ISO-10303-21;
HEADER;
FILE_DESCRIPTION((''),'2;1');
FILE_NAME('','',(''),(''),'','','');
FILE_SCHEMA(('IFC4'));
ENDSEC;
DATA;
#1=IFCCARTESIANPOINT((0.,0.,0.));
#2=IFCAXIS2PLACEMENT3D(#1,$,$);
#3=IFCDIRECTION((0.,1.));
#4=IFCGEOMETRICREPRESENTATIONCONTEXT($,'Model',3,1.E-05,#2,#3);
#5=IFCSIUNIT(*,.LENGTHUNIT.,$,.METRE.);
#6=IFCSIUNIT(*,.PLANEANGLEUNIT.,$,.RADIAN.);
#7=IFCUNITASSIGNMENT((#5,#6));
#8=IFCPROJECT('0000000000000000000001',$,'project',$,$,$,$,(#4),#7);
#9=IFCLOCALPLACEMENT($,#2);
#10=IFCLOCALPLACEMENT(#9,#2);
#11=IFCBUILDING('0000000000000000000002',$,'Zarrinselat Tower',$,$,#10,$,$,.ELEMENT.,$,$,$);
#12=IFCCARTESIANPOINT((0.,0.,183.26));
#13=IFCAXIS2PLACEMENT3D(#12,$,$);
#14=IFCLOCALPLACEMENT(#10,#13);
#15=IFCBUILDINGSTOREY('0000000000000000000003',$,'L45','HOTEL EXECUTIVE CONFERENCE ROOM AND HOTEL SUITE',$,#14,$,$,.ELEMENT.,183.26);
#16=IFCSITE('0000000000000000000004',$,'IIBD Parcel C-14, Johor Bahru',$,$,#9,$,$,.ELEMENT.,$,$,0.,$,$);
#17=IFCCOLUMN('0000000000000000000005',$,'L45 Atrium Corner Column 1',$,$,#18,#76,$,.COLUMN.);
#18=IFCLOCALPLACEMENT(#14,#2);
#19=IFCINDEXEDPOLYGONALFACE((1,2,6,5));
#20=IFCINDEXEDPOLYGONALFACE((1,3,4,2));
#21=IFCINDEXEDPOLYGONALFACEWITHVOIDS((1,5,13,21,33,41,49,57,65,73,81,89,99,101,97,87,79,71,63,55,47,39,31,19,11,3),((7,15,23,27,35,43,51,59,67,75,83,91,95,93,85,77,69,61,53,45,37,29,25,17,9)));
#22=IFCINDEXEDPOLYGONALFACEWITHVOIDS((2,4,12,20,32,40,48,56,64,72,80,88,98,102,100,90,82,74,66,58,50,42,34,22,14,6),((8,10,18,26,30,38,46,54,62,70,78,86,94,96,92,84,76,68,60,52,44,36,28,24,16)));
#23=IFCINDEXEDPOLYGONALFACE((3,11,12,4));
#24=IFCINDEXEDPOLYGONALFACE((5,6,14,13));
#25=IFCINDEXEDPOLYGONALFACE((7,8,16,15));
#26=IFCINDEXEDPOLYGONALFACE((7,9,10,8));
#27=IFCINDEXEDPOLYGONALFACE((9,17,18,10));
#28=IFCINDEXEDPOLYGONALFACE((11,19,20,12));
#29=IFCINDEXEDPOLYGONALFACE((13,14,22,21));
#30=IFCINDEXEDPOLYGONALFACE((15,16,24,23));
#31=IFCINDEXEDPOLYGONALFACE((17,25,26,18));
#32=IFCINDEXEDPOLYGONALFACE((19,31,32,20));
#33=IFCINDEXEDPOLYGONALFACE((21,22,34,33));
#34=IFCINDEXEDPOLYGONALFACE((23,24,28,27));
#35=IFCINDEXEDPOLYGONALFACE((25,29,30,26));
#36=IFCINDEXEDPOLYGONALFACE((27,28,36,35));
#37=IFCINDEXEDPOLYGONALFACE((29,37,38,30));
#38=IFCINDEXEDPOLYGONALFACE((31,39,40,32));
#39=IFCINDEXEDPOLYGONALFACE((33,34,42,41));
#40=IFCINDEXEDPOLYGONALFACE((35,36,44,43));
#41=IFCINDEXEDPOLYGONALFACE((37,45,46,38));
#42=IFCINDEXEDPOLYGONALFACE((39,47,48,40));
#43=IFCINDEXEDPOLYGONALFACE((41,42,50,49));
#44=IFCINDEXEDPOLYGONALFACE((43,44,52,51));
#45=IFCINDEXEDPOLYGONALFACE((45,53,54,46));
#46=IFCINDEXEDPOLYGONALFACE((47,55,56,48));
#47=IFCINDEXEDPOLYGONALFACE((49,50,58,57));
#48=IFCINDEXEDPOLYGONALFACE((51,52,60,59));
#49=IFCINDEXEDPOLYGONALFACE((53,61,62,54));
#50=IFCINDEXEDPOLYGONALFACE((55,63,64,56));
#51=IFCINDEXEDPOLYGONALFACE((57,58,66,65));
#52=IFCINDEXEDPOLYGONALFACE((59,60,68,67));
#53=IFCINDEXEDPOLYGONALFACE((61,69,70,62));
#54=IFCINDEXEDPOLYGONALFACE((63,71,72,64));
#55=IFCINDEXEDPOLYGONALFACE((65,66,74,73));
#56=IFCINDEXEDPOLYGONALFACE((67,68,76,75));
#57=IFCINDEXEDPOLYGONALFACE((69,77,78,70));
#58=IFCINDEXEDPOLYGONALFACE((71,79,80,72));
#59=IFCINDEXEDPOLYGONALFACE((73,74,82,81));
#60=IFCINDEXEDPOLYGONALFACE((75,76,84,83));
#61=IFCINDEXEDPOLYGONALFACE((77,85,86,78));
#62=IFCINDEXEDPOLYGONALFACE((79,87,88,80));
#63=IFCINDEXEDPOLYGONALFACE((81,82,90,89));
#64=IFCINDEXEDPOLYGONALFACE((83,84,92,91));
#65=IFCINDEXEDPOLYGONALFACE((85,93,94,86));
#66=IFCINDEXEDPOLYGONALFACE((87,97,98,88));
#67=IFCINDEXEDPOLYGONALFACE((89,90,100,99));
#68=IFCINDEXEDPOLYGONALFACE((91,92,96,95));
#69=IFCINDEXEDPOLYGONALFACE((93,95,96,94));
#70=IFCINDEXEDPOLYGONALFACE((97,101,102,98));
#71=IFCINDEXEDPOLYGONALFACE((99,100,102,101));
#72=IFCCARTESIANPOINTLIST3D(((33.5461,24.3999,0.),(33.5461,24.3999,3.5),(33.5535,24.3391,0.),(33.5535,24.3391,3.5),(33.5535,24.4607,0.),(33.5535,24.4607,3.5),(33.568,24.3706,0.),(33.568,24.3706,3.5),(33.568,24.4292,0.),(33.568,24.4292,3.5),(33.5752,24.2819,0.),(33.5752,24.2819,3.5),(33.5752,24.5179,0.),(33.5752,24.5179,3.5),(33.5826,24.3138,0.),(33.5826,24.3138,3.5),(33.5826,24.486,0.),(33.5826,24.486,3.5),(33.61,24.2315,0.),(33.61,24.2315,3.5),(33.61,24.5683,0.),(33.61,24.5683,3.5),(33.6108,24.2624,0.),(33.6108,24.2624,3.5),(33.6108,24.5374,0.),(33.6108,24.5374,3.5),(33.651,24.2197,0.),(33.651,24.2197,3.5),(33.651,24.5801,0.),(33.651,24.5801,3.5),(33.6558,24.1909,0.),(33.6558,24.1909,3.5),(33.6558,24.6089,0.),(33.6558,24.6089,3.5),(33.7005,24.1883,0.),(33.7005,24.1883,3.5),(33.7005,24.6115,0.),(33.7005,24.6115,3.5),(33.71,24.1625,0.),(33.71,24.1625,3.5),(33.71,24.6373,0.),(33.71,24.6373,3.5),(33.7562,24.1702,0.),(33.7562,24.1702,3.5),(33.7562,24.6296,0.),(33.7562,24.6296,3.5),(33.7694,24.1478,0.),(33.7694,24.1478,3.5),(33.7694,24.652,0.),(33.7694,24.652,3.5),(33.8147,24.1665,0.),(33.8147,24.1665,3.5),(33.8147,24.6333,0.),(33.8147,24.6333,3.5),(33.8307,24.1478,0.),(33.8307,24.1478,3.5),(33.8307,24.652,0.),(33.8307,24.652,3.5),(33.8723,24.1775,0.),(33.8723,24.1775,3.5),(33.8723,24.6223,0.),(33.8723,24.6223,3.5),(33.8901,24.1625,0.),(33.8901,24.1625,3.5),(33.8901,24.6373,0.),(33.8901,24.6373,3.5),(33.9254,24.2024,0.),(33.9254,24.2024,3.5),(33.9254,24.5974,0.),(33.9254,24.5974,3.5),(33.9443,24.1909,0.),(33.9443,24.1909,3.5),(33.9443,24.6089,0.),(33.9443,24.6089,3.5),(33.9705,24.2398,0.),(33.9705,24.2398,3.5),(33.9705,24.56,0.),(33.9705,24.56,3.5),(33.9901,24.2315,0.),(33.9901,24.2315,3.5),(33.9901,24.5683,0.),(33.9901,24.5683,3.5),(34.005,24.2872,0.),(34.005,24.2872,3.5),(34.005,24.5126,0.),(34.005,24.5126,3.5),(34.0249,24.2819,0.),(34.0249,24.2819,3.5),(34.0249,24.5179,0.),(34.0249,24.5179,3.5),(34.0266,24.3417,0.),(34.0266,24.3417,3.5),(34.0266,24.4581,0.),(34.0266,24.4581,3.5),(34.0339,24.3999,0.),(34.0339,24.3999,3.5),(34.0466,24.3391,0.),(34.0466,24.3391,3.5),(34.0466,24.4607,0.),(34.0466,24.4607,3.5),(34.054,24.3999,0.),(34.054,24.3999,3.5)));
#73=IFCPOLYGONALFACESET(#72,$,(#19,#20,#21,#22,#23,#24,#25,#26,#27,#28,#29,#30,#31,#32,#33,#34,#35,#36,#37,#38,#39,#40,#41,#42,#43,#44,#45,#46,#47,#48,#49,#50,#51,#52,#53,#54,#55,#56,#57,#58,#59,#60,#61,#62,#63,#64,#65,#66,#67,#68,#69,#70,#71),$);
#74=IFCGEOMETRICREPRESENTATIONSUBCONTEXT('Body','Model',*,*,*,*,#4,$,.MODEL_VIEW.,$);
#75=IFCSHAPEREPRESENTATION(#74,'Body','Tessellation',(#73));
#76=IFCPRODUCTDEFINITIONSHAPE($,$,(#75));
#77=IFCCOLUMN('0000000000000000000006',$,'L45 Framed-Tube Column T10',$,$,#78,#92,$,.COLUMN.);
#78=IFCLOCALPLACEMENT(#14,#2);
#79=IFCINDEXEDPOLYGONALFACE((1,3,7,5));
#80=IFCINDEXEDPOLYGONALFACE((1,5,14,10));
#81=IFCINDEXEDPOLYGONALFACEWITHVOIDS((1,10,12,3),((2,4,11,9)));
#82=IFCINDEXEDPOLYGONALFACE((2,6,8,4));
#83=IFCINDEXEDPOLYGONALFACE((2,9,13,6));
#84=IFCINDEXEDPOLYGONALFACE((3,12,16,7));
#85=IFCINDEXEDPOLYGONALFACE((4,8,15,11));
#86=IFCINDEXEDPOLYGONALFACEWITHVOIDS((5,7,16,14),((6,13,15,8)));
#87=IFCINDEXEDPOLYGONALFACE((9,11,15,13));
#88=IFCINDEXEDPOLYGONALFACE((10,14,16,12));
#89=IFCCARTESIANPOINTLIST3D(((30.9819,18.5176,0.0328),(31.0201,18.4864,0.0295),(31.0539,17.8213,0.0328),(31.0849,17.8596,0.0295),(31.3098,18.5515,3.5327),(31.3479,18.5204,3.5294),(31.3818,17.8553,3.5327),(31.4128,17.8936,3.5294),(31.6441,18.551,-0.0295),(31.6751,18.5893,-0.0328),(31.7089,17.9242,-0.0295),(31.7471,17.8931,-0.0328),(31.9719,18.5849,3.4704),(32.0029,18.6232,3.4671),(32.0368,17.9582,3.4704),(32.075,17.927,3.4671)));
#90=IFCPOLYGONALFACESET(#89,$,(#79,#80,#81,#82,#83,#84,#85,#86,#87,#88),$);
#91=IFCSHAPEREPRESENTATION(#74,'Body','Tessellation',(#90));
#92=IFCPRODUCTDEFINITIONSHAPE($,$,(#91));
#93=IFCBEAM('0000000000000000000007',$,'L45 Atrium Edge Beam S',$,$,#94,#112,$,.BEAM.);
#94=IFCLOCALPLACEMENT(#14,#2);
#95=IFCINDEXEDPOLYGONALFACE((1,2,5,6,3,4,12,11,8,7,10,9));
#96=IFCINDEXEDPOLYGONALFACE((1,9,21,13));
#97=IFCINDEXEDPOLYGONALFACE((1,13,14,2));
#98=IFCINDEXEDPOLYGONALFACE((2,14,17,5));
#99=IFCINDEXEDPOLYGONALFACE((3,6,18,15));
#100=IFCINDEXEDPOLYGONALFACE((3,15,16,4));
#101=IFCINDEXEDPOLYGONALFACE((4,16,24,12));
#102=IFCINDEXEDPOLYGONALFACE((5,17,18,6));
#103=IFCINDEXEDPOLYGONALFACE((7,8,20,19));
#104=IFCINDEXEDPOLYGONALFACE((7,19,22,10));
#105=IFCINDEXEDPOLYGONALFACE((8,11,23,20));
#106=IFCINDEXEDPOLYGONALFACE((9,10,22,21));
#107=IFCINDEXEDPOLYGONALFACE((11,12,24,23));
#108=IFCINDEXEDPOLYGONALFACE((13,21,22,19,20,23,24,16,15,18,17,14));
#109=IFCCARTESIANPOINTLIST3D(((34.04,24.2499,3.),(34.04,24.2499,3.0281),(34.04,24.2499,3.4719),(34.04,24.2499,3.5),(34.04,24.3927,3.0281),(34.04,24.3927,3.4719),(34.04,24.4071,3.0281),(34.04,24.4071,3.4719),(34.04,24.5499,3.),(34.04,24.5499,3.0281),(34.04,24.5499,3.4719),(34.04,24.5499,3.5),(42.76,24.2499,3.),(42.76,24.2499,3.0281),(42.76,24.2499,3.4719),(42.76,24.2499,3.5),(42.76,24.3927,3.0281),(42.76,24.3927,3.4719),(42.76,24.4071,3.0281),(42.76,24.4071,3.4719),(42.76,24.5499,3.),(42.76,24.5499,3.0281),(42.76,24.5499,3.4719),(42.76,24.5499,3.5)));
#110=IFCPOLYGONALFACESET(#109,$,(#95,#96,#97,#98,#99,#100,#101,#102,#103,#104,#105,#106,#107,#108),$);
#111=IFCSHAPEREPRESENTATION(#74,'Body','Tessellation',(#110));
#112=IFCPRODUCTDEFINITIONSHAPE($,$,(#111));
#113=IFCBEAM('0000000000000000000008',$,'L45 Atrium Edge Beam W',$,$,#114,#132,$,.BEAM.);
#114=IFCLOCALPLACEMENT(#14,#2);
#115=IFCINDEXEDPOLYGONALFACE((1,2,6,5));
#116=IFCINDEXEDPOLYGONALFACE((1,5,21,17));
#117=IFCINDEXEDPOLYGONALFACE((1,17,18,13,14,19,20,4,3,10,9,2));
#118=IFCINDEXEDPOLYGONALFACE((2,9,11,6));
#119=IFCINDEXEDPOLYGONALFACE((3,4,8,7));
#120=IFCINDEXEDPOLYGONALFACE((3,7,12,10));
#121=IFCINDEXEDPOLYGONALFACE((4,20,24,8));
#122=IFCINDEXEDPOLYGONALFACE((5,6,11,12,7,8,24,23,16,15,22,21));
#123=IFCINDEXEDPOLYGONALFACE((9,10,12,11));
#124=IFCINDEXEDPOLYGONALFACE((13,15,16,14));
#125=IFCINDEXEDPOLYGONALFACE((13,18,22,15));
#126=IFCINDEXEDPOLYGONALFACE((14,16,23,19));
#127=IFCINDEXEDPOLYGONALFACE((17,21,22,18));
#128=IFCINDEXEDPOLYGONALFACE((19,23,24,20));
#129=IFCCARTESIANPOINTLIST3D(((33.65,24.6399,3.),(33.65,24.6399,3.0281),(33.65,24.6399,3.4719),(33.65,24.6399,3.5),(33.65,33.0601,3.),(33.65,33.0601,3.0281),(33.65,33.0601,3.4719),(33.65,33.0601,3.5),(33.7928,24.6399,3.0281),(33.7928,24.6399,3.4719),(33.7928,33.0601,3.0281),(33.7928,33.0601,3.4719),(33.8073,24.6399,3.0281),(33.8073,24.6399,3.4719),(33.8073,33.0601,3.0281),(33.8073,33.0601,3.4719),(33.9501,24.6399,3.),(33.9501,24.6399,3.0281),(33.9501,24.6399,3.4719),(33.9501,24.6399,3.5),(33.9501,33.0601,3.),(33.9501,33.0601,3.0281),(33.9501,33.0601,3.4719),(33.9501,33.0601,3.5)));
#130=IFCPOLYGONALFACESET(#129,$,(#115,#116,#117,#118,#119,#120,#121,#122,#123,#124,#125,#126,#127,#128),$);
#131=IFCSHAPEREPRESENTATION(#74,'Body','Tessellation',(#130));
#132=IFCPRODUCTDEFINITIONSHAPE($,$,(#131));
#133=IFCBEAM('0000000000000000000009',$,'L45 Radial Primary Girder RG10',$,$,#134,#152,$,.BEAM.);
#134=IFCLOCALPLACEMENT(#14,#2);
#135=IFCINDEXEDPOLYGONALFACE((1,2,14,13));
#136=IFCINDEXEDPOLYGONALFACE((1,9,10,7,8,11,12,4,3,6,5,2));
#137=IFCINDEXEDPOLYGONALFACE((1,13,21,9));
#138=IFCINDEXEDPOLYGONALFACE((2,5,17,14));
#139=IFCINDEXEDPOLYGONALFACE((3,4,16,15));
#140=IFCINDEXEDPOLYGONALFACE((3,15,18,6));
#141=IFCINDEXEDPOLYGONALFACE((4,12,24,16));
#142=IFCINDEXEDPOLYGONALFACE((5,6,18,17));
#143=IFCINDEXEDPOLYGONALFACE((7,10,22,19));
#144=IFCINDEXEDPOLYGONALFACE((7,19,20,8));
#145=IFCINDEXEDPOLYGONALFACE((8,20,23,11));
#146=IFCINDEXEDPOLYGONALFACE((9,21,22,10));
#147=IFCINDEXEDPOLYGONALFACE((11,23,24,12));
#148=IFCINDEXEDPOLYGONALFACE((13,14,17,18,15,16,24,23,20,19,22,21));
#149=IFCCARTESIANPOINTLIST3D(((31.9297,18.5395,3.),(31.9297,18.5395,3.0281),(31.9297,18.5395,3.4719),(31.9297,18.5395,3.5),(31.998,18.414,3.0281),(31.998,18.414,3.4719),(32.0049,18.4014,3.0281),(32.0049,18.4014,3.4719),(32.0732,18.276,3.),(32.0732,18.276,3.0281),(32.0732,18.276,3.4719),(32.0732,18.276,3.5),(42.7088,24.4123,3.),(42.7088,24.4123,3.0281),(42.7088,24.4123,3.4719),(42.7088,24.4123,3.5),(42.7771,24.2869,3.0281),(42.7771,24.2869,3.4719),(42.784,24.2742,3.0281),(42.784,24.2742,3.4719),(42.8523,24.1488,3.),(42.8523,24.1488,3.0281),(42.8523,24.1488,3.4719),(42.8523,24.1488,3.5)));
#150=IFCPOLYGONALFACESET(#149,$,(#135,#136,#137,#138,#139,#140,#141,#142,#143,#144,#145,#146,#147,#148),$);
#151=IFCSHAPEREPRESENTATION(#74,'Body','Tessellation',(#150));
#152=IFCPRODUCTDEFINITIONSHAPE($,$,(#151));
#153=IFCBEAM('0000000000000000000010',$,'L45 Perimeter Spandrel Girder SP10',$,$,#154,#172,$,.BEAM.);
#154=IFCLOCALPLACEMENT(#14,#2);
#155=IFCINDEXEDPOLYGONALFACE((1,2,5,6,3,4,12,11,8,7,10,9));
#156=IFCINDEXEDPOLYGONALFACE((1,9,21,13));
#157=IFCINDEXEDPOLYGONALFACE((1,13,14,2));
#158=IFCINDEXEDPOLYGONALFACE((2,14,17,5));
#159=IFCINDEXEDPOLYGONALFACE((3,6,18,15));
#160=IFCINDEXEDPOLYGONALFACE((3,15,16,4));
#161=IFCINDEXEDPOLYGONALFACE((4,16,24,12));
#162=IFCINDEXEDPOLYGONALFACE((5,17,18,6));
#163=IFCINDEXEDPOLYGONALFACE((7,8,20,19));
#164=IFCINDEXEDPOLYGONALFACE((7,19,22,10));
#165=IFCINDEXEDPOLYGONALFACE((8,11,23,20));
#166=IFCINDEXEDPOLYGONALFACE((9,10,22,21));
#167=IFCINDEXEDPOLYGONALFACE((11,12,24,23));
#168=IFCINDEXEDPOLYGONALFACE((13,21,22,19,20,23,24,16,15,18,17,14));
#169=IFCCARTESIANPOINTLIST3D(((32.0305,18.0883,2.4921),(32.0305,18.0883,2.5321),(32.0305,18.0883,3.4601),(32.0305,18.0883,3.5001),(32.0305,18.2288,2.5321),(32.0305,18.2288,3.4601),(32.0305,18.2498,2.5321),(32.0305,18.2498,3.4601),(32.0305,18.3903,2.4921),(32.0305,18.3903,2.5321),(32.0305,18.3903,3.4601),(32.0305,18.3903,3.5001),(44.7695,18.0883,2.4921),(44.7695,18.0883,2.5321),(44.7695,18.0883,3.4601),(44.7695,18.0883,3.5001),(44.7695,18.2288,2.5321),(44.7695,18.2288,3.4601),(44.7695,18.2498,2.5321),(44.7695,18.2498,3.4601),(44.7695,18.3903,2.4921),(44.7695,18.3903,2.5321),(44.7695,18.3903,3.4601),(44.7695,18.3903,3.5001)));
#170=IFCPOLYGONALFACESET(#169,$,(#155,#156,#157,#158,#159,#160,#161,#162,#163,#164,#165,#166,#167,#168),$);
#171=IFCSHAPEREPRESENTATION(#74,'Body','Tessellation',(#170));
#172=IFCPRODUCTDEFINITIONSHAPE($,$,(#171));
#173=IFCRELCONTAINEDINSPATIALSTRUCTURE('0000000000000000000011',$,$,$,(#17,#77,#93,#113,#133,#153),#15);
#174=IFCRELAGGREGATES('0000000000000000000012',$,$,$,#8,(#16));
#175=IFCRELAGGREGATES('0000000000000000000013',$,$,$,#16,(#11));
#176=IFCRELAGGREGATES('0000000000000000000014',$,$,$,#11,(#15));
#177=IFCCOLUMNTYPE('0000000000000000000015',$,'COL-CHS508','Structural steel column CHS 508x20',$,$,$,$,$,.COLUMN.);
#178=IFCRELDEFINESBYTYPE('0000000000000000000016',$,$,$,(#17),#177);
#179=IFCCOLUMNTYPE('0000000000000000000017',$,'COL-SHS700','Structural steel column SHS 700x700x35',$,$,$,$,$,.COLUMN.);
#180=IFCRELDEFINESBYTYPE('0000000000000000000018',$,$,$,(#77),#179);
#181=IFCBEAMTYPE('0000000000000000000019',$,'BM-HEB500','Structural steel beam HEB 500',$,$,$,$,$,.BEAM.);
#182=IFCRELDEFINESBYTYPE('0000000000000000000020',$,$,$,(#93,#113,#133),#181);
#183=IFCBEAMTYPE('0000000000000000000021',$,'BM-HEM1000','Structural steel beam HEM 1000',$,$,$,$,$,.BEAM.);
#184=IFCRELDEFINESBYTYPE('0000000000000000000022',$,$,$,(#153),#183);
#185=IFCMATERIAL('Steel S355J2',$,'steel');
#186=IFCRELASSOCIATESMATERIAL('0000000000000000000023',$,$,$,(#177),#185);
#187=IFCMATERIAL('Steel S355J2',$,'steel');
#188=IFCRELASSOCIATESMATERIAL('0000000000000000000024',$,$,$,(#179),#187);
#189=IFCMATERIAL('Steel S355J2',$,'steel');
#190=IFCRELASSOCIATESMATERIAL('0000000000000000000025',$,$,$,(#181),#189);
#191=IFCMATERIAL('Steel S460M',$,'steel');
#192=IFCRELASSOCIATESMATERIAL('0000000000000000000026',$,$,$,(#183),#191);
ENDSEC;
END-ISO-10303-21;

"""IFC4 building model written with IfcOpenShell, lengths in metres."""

from ifc_helpers import new_model, si_unit, direction, frame, origin, origin_2d, place, context, subcontext, project, spatial, hollow_rectangle, hollow_circle, i_section, extrude, material, material_profile, profile_set, type_object, element, save


model = new_model("IFC4")

# Units and contexts
model_context = context("Model", 3, precision=1e-05, world=origin(), true_north=direction((0.0, 1.0)))
body_context = subcontext(model_context, "Body", "Model", "MODEL_VIEW")
ifc_project = project(units=[si_unit("LENGTHUNIT", "METRE"), si_unit("PLANEANGLEUNIT", "RADIAN")], contexts=[model_context])

# Site, building, storey
site_placement = place(None, origin())
site = spatial("IfcSite", under=ifc_project, at=site_placement, Name="IIBD Parcel C-14, Johor Bahru", CompositionType="ELEMENT", RefElevation=0.0)
building_placement = place(site_placement, origin())
building = spatial("IfcBuilding", under=site, at=building_placement, Name="Zarrinselat Tower", CompositionType="ELEMENT")
storey_placement = place(building_placement, frame((0.0, 0.0, 183.26)))
storey = spatial("IfcBuildingStorey", under=building, at=storey_placement, Name="L45", Description="HOTEL EXECUTIVE CONFERENCE ROOM AND HOTEL SUITE", CompositionType="ELEMENT", Elevation=183.26)

# Columns
ifc_material_1 = material(Name="Steel S355J2", Category="steel")
ifc_material_profile_1 = material_profile(ifc_material_1, hollow_circle(Radius=0.2539, WallThickness=0.02, at=origin_2d()), Name="CHS 508x20")
ifc_profile_set_1 = profile_set([ifc_material_profile_1], Name="Steel S355J2")
column_type_1 = type_object("IfcColumnType", Name="COL-CHS508", Description="Structural steel column CHS 508x20", PredefinedType="COLUMN", material=ifc_profile_set_1)
column_1_placement = place(storey_placement, frame((33.8, 24.3999, 0.0), z_axis=(0.0, 0.0, 1.0), x_axis=(1.0, 0.0, 0.0)))
element("IfcColumn", 1, at=column_1_placement, inside=storey, type_object=column_type_1, Name="L45 Atrium Corner Column 1", PredefinedType="COLUMN", context=body_context, shape_type="SweptSolid", body=[
    extrude(hollow_circle(Radius=0.2539, WallThickness=0.02, at=origin_2d()), origin(), (0.0, 0.0, 1.0), 3.5),
])
ifc_material_2 = material(Name="Steel S355J2", Category="steel")
ifc_material_profile_2 = material_profile(ifc_material_2, hollow_rectangle(XDim=0.7, YDim=0.7, WallThickness=0.0349, at=origin_2d()), Name="SHS 700x700x35")
ifc_profile_set_2 = profile_set([ifc_material_profile_2], Name="Steel S355J2")
column_type_2 = type_object("IfcColumnType", Name="COL-SHS700", Description="Structural steel column SHS 700x700x35", PredefinedType="COLUMN", material=ifc_profile_set_2)
column_2_placement = place(storey_placement, frame((31.3645, 18.2053, 0.0), z_axis=(0.093268, 0.009653, 0.995594), x_axis=(-0.10295, 0.994687, 0.0)))
element("IfcColumn", 2, at=column_2_placement, inside=storey, type_object=column_type_2, Name="L45 Framed-Tube Column T10", PredefinedType="COLUMN", context=body_context, shape_type="SweptSolid", body=[
    extrude(hollow_rectangle(XDim=0.7, YDim=0.7, WallThickness=0.0349, at=origin_2d()), origin(), (0.0, 0.0, 1.0), 3.5154),
])

# Beams
ifc_material_3 = material(Name="Steel S355J2", Category="steel")
ifc_material_profile_3 = material_profile(ifc_material_3, i_section(OverallWidth=0.3, OverallDepth=0.5, WebThickness=0.0144, FlangeThickness=0.0281, at=origin_2d()), Name="HEB 500")
ifc_profile_set_3 = profile_set([ifc_material_profile_3], Name="Steel S355J2")
beam_type_1 = type_object("IfcBeamType", Name="BM-HEB500", Description="Structural steel beam HEB 500", PredefinedType="BEAM", material=ifc_profile_set_3)
beam_1_placement = place(storey_placement, frame((34.04, 24.3999, 3.25), z_axis=(1.0, 0.0, 0.0), x_axis=(0.0, 1.0, 0.0)))
element("IfcBeam", 3, at=beam_1_placement, inside=storey, type_object=beam_type_1, Name="L45 Atrium Edge Beam S", PredefinedType="BEAM", context=body_context, shape_type="SweptSolid", body=[
    extrude(i_section(OverallWidth=0.3, OverallDepth=0.5, WebThickness=0.0144, FlangeThickness=0.0281, at=origin_2d()), origin(), (0.0, 0.0, 1.0), 8.72),
])
beam_2_placement = place(storey_placement, frame((33.8, 24.6399, 3.25), z_axis=(0.0, 1.0, 0.0), x_axis=(-1.0, 0.0, 0.0)))
element("IfcBeam", 4, at=beam_2_placement, inside=storey, type_object=beam_type_1, Name="L45 Atrium Edge Beam W", PredefinedType="BEAM", context=body_context, shape_type="SweptSolid", body=[
    extrude(i_section(OverallWidth=0.3, OverallDepth=0.5, WebThickness=0.0144, FlangeThickness=0.0281, at=origin_2d()), origin(), (0.0, 0.0, 1.0), 8.4202),
])
beam_3_placement = place(storey_placement, frame((32.0015, 18.4077, 3.25), z_axis=(0.878124, 0.478433, 0.0), x_axis=(-0.478433, 0.878124, 0.0)))
element("IfcBeam", 5, at=beam_3_placement, inside=storey, type_object=beam_type_1, Name="L45 Radial Primary Girder RG10", PredefinedType="BEAM", context=body_context, shape_type="SweptSolid", body=[
    extrude(i_section(OverallWidth=0.3, OverallDepth=0.5, WebThickness=0.0144, FlangeThickness=0.0281, at=origin_2d()), origin(), (0.0, 0.0, 1.0), 12.2751),
])
ifc_material_4 = material(Name="Steel S460M", Category="steel")
ifc_material_profile_4 = material_profile(ifc_material_4, i_section(OverallWidth=0.302, OverallDepth=1.0081, WebThickness=0.021, FlangeThickness=0.04, at=origin_2d()), Name="HEM 1000")
ifc_profile_set_4 = profile_set([ifc_material_profile_4], Name="Steel S460M")
beam_type_2 = type_object("IfcBeamType", Name="BM-HEM1000", Description="Structural steel beam HEM 1000", PredefinedType="BEAM", material=ifc_profile_set_4)
beam_4_placement = place(storey_placement, frame((32.0305, 18.2393, 2.9961), z_axis=(1.0, 0.0, 0.0), x_axis=(0.0, 1.0, 0.0)))
element("IfcBeam", 6, at=beam_4_placement, inside=storey, type_object=beam_type_2, Name="L45 Perimeter Spandrel Girder SP10", PredefinedType="BEAM", context=body_context, shape_type="SweptSolid", body=[
    extrude(i_section(OverallWidth=0.302, OverallDepth=1.0081, WebThickness=0.021, FlangeThickness=0.04, at=origin_2d()), origin(), (0.0, 0.0, 1.0), 12.739),
])

save(model, "model.ifc")
